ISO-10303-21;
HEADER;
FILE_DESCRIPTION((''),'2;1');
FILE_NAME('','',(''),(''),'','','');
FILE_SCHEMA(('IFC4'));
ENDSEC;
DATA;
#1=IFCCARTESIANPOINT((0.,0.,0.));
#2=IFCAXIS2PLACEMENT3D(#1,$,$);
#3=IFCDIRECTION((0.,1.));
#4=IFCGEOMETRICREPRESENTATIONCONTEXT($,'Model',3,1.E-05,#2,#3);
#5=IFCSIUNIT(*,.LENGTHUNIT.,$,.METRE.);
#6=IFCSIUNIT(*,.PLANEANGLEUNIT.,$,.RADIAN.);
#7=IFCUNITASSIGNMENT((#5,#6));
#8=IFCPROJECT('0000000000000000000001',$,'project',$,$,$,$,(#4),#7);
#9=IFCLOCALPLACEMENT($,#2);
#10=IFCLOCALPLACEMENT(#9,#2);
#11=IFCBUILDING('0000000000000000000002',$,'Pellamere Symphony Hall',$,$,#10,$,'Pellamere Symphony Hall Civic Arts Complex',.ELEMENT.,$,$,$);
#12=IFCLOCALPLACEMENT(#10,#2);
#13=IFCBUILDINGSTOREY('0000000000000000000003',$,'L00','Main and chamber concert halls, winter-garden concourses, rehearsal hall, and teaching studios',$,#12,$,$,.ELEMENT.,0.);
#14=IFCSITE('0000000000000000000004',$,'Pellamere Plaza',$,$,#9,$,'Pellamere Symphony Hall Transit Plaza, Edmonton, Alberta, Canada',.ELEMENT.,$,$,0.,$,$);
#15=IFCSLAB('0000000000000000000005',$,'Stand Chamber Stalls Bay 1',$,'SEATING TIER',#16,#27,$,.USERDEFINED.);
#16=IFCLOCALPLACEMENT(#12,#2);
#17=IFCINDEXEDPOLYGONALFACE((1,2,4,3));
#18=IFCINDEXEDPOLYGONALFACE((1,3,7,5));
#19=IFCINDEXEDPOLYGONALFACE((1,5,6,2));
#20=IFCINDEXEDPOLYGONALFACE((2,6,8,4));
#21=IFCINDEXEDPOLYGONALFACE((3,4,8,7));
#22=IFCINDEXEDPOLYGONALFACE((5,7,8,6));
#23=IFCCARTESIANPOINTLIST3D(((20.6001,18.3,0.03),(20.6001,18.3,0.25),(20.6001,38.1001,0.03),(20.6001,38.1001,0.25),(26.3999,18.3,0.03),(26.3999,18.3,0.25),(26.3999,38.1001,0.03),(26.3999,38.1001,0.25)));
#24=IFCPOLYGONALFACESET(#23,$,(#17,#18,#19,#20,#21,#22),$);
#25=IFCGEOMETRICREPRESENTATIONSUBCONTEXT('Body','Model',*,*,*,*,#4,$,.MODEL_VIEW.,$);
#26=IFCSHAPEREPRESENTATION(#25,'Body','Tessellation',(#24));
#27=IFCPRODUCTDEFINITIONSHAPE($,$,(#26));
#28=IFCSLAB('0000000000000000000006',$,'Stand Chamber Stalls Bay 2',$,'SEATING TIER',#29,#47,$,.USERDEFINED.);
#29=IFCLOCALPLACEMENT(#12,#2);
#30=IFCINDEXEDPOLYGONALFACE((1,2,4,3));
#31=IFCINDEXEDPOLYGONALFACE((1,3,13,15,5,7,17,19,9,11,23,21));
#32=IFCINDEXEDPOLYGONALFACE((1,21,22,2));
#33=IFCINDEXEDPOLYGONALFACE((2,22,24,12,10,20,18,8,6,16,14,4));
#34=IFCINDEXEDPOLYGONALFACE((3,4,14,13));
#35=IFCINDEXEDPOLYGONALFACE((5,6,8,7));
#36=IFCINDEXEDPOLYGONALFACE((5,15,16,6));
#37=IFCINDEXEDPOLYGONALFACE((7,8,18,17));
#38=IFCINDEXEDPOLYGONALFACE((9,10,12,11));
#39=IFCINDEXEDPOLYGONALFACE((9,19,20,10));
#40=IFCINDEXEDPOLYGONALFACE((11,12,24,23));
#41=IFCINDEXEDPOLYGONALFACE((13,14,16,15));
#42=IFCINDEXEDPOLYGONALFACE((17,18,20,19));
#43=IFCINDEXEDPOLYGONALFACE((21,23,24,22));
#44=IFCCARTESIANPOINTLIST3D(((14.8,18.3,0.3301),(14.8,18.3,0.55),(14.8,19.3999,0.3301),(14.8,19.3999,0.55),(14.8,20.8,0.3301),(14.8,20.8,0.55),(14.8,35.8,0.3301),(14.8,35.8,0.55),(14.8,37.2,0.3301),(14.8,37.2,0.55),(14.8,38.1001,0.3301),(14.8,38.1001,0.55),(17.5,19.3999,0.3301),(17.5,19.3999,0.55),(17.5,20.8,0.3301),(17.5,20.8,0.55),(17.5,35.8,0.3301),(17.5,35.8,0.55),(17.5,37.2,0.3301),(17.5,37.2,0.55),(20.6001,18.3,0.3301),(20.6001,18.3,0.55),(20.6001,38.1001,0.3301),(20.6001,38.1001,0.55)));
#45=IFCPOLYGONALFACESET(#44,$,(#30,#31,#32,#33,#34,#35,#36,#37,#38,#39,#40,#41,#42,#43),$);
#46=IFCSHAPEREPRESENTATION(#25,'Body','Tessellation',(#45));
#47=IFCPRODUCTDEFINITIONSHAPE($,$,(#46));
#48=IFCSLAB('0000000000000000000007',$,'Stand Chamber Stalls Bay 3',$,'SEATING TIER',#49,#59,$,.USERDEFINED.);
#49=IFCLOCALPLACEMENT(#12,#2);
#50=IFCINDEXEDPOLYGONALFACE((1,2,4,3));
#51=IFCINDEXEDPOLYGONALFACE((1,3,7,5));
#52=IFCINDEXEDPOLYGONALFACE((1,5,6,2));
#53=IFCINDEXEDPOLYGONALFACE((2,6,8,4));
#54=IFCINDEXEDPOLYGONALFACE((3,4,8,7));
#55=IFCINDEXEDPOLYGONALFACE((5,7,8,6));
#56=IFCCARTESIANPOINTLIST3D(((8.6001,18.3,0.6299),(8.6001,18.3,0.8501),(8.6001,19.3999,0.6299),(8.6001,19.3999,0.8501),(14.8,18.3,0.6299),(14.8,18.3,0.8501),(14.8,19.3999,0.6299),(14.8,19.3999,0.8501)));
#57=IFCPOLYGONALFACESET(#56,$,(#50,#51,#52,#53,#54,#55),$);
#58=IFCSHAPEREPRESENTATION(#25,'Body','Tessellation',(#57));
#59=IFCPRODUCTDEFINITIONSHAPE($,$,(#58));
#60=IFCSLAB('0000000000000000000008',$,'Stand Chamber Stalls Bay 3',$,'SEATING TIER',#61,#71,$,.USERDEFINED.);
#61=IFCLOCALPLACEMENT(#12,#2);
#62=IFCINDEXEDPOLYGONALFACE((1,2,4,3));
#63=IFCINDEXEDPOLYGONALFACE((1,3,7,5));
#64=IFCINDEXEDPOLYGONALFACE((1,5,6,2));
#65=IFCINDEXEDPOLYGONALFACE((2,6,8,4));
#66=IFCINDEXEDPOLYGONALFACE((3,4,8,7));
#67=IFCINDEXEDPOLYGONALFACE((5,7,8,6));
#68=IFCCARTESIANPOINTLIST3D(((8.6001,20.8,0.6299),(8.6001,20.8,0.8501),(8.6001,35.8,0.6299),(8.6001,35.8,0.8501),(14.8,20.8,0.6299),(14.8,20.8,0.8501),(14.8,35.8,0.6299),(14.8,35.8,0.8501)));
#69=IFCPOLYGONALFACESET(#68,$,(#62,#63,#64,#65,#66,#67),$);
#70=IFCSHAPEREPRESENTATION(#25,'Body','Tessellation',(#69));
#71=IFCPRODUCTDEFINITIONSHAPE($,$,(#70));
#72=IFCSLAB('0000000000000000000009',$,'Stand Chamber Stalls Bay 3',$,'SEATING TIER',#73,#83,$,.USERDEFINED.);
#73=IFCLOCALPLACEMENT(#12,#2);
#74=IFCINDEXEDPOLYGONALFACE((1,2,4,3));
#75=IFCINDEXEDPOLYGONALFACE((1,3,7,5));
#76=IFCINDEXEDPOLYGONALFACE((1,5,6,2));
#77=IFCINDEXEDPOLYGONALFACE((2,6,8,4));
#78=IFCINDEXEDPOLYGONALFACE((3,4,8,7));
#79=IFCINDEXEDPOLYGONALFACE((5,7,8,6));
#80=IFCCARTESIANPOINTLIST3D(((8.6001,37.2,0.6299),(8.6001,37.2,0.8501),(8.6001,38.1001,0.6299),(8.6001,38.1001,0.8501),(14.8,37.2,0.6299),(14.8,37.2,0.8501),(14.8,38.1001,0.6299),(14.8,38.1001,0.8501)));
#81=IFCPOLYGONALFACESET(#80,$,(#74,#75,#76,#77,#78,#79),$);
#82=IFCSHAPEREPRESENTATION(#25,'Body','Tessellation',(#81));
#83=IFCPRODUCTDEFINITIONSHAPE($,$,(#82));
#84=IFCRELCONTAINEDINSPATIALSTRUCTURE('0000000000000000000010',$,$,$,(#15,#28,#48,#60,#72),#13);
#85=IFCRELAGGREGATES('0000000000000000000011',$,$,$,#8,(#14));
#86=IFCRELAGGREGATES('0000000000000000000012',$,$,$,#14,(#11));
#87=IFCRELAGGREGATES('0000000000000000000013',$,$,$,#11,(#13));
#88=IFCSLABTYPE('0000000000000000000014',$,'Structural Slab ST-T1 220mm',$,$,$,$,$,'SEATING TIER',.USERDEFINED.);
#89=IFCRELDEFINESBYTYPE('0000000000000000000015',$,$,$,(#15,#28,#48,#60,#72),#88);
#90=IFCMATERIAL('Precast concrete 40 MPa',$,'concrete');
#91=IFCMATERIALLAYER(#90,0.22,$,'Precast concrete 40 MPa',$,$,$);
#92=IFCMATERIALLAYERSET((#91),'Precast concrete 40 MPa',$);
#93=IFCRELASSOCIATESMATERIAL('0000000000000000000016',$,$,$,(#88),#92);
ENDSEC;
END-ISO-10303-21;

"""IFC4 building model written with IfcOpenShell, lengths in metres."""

from ifc_helpers import new_model, si_unit, direction, frame, origin, place, context, subcontext, project, spatial, polyline, outline, extrude, material, layer, layer_set, type_object, element, save


model = new_model("IFC4")

# Units and contexts
model_context = context("Model", 3, precision=1e-05, world=origin(), true_north=direction((0.0, 1.0)))
body_context = subcontext(model_context, "Body", "Model", "MODEL_VIEW")
ifc_project = project(units=[si_unit("LENGTHUNIT", "METRE"), si_unit("PLANEANGLEUNIT", "RADIAN")], contexts=[model_context])

# Site, building, storey
site_placement = place(None, origin())
site = spatial("IfcSite", under=ifc_project, at=site_placement, Name="Pellamere Plaza", LongName="Pellamere Symphony Hall Transit Plaza, Edmonton, Alberta, Canada", CompositionType="ELEMENT", RefElevation=0.0)
building_placement = place(site_placement, origin())
building = spatial("IfcBuilding", under=site, at=building_placement, Name="Pellamere Symphony Hall", LongName="Pellamere Symphony Hall Civic Arts Complex", CompositionType="ELEMENT")
storey_placement = place(building_placement, origin())
storey = spatial("IfcBuildingStorey", under=building, at=storey_placement, Name="L00", Description="Main and chamber concert halls, winter-garden concourses, rehearsal hall, and teaching studios", CompositionType="ELEMENT", Elevation=0.0)

# Slabs
ifc_material_1 = material(Name="Precast concrete 40 MPa", Category="concrete")
ifc_layer_1 = layer(ifc_material_1, 0.22, Name="Precast concrete 40 MPa")
ifc_layer_set_1 = layer_set([ifc_layer_1], Name="Precast concrete 40 MPa")
slab_type_1 = type_object("IfcSlabType", Name="Structural Slab ST-T1 220mm", ElementType="SEATING TIER", PredefinedType="USERDEFINED", material=ifc_layer_set_1)
slab_1_placement = place(storey_placement, frame((0.0, 0.0, 0.03)))
element("IfcSlab", 1, at=slab_1_placement, inside=storey, type_object=slab_type_1, Name="Stand Chamber Stalls Bay 1", ObjectType="SEATING TIER", PredefinedType="USERDEFINED", context=body_context, shape_type="SweptSolid", body=[
    extrude(outline(polyline([(20.6001, 18.3), (20.6001, 38.1001), (26.3999, 38.1001), (26.3999, 18.3), (20.6001, 18.3)])), origin(), (0.0, 0.0, 1.0), 0.22),
])
slab_2_placement = place(storey_placement, frame((0.0, 0.0, 0.3301)))
element("IfcSlab", 2, at=slab_2_placement, inside=storey, type_object=slab_type_1, Name="Stand Chamber Stalls Bay 2", ObjectType="SEATING TIER", PredefinedType="USERDEFINED", context=body_context, shape_type="SweptSolid", body=[
    extrude(outline(polyline([(14.8, 38.1001), (20.6001, 38.1001), (20.6001, 18.3), (14.8, 18.3), (14.8, 19.3999), (17.5, 19.3999), (17.5, 20.8), (14.8, 20.8), (14.8, 35.8), (17.5, 35.8), (17.5, 37.2), (14.8, 37.2), (14.8, 38.1001)])), origin(), (0.0, 0.0, 1.0), 0.22),
])
slab_3_placement = place(storey_placement, frame((0.0, 0.0, 0.6299)))
element("IfcSlab", 3, at=slab_3_placement, inside=storey, type_object=slab_type_1, Name="Stand Chamber Stalls Bay 3", ObjectType="SEATING TIER", PredefinedType="USERDEFINED", context=body_context, shape_type="SweptSolid", body=[
    extrude(outline(polyline([(14.8, 18.3), (8.6001, 18.3), (8.6001, 19.3999), (14.8, 19.3999), (14.8, 18.3)])), origin(), (0.0, 0.0, 1.0), 0.2202),
])
slab_4_placement = place(storey_placement, frame((0.0, 0.0, 0.6299)))
element("IfcSlab", 4, at=slab_4_placement, inside=storey, type_object=slab_type_1, Name="Stand Chamber Stalls Bay 3", ObjectType="SEATING TIER", PredefinedType="USERDEFINED", context=body_context, shape_type="SweptSolid", body=[
    extrude(outline(polyline([(14.8, 20.8), (8.6001, 20.8), (8.6001, 35.8), (14.8, 35.8), (14.8, 20.8)])), origin(), (0.0, 0.0, 1.0), 0.2202),
])
slab_5_placement = place(storey_placement, frame((0.0, 0.0, 0.6299)))
element("IfcSlab", 5, at=slab_5_placement, inside=storey, type_object=slab_type_1, Name="Stand Chamber Stalls Bay 3", ObjectType="SEATING TIER", PredefinedType="USERDEFINED", context=body_context, shape_type="SweptSolid", body=[
    extrude(outline(polyline([(8.6001, 38.1001), (14.8, 38.1001), (14.8, 37.2), (8.6001, 37.2), (8.6001, 38.1001)])), origin(), (0.0, 0.0, 1.0), 0.2202),
])

save(model, "model.ifc")
